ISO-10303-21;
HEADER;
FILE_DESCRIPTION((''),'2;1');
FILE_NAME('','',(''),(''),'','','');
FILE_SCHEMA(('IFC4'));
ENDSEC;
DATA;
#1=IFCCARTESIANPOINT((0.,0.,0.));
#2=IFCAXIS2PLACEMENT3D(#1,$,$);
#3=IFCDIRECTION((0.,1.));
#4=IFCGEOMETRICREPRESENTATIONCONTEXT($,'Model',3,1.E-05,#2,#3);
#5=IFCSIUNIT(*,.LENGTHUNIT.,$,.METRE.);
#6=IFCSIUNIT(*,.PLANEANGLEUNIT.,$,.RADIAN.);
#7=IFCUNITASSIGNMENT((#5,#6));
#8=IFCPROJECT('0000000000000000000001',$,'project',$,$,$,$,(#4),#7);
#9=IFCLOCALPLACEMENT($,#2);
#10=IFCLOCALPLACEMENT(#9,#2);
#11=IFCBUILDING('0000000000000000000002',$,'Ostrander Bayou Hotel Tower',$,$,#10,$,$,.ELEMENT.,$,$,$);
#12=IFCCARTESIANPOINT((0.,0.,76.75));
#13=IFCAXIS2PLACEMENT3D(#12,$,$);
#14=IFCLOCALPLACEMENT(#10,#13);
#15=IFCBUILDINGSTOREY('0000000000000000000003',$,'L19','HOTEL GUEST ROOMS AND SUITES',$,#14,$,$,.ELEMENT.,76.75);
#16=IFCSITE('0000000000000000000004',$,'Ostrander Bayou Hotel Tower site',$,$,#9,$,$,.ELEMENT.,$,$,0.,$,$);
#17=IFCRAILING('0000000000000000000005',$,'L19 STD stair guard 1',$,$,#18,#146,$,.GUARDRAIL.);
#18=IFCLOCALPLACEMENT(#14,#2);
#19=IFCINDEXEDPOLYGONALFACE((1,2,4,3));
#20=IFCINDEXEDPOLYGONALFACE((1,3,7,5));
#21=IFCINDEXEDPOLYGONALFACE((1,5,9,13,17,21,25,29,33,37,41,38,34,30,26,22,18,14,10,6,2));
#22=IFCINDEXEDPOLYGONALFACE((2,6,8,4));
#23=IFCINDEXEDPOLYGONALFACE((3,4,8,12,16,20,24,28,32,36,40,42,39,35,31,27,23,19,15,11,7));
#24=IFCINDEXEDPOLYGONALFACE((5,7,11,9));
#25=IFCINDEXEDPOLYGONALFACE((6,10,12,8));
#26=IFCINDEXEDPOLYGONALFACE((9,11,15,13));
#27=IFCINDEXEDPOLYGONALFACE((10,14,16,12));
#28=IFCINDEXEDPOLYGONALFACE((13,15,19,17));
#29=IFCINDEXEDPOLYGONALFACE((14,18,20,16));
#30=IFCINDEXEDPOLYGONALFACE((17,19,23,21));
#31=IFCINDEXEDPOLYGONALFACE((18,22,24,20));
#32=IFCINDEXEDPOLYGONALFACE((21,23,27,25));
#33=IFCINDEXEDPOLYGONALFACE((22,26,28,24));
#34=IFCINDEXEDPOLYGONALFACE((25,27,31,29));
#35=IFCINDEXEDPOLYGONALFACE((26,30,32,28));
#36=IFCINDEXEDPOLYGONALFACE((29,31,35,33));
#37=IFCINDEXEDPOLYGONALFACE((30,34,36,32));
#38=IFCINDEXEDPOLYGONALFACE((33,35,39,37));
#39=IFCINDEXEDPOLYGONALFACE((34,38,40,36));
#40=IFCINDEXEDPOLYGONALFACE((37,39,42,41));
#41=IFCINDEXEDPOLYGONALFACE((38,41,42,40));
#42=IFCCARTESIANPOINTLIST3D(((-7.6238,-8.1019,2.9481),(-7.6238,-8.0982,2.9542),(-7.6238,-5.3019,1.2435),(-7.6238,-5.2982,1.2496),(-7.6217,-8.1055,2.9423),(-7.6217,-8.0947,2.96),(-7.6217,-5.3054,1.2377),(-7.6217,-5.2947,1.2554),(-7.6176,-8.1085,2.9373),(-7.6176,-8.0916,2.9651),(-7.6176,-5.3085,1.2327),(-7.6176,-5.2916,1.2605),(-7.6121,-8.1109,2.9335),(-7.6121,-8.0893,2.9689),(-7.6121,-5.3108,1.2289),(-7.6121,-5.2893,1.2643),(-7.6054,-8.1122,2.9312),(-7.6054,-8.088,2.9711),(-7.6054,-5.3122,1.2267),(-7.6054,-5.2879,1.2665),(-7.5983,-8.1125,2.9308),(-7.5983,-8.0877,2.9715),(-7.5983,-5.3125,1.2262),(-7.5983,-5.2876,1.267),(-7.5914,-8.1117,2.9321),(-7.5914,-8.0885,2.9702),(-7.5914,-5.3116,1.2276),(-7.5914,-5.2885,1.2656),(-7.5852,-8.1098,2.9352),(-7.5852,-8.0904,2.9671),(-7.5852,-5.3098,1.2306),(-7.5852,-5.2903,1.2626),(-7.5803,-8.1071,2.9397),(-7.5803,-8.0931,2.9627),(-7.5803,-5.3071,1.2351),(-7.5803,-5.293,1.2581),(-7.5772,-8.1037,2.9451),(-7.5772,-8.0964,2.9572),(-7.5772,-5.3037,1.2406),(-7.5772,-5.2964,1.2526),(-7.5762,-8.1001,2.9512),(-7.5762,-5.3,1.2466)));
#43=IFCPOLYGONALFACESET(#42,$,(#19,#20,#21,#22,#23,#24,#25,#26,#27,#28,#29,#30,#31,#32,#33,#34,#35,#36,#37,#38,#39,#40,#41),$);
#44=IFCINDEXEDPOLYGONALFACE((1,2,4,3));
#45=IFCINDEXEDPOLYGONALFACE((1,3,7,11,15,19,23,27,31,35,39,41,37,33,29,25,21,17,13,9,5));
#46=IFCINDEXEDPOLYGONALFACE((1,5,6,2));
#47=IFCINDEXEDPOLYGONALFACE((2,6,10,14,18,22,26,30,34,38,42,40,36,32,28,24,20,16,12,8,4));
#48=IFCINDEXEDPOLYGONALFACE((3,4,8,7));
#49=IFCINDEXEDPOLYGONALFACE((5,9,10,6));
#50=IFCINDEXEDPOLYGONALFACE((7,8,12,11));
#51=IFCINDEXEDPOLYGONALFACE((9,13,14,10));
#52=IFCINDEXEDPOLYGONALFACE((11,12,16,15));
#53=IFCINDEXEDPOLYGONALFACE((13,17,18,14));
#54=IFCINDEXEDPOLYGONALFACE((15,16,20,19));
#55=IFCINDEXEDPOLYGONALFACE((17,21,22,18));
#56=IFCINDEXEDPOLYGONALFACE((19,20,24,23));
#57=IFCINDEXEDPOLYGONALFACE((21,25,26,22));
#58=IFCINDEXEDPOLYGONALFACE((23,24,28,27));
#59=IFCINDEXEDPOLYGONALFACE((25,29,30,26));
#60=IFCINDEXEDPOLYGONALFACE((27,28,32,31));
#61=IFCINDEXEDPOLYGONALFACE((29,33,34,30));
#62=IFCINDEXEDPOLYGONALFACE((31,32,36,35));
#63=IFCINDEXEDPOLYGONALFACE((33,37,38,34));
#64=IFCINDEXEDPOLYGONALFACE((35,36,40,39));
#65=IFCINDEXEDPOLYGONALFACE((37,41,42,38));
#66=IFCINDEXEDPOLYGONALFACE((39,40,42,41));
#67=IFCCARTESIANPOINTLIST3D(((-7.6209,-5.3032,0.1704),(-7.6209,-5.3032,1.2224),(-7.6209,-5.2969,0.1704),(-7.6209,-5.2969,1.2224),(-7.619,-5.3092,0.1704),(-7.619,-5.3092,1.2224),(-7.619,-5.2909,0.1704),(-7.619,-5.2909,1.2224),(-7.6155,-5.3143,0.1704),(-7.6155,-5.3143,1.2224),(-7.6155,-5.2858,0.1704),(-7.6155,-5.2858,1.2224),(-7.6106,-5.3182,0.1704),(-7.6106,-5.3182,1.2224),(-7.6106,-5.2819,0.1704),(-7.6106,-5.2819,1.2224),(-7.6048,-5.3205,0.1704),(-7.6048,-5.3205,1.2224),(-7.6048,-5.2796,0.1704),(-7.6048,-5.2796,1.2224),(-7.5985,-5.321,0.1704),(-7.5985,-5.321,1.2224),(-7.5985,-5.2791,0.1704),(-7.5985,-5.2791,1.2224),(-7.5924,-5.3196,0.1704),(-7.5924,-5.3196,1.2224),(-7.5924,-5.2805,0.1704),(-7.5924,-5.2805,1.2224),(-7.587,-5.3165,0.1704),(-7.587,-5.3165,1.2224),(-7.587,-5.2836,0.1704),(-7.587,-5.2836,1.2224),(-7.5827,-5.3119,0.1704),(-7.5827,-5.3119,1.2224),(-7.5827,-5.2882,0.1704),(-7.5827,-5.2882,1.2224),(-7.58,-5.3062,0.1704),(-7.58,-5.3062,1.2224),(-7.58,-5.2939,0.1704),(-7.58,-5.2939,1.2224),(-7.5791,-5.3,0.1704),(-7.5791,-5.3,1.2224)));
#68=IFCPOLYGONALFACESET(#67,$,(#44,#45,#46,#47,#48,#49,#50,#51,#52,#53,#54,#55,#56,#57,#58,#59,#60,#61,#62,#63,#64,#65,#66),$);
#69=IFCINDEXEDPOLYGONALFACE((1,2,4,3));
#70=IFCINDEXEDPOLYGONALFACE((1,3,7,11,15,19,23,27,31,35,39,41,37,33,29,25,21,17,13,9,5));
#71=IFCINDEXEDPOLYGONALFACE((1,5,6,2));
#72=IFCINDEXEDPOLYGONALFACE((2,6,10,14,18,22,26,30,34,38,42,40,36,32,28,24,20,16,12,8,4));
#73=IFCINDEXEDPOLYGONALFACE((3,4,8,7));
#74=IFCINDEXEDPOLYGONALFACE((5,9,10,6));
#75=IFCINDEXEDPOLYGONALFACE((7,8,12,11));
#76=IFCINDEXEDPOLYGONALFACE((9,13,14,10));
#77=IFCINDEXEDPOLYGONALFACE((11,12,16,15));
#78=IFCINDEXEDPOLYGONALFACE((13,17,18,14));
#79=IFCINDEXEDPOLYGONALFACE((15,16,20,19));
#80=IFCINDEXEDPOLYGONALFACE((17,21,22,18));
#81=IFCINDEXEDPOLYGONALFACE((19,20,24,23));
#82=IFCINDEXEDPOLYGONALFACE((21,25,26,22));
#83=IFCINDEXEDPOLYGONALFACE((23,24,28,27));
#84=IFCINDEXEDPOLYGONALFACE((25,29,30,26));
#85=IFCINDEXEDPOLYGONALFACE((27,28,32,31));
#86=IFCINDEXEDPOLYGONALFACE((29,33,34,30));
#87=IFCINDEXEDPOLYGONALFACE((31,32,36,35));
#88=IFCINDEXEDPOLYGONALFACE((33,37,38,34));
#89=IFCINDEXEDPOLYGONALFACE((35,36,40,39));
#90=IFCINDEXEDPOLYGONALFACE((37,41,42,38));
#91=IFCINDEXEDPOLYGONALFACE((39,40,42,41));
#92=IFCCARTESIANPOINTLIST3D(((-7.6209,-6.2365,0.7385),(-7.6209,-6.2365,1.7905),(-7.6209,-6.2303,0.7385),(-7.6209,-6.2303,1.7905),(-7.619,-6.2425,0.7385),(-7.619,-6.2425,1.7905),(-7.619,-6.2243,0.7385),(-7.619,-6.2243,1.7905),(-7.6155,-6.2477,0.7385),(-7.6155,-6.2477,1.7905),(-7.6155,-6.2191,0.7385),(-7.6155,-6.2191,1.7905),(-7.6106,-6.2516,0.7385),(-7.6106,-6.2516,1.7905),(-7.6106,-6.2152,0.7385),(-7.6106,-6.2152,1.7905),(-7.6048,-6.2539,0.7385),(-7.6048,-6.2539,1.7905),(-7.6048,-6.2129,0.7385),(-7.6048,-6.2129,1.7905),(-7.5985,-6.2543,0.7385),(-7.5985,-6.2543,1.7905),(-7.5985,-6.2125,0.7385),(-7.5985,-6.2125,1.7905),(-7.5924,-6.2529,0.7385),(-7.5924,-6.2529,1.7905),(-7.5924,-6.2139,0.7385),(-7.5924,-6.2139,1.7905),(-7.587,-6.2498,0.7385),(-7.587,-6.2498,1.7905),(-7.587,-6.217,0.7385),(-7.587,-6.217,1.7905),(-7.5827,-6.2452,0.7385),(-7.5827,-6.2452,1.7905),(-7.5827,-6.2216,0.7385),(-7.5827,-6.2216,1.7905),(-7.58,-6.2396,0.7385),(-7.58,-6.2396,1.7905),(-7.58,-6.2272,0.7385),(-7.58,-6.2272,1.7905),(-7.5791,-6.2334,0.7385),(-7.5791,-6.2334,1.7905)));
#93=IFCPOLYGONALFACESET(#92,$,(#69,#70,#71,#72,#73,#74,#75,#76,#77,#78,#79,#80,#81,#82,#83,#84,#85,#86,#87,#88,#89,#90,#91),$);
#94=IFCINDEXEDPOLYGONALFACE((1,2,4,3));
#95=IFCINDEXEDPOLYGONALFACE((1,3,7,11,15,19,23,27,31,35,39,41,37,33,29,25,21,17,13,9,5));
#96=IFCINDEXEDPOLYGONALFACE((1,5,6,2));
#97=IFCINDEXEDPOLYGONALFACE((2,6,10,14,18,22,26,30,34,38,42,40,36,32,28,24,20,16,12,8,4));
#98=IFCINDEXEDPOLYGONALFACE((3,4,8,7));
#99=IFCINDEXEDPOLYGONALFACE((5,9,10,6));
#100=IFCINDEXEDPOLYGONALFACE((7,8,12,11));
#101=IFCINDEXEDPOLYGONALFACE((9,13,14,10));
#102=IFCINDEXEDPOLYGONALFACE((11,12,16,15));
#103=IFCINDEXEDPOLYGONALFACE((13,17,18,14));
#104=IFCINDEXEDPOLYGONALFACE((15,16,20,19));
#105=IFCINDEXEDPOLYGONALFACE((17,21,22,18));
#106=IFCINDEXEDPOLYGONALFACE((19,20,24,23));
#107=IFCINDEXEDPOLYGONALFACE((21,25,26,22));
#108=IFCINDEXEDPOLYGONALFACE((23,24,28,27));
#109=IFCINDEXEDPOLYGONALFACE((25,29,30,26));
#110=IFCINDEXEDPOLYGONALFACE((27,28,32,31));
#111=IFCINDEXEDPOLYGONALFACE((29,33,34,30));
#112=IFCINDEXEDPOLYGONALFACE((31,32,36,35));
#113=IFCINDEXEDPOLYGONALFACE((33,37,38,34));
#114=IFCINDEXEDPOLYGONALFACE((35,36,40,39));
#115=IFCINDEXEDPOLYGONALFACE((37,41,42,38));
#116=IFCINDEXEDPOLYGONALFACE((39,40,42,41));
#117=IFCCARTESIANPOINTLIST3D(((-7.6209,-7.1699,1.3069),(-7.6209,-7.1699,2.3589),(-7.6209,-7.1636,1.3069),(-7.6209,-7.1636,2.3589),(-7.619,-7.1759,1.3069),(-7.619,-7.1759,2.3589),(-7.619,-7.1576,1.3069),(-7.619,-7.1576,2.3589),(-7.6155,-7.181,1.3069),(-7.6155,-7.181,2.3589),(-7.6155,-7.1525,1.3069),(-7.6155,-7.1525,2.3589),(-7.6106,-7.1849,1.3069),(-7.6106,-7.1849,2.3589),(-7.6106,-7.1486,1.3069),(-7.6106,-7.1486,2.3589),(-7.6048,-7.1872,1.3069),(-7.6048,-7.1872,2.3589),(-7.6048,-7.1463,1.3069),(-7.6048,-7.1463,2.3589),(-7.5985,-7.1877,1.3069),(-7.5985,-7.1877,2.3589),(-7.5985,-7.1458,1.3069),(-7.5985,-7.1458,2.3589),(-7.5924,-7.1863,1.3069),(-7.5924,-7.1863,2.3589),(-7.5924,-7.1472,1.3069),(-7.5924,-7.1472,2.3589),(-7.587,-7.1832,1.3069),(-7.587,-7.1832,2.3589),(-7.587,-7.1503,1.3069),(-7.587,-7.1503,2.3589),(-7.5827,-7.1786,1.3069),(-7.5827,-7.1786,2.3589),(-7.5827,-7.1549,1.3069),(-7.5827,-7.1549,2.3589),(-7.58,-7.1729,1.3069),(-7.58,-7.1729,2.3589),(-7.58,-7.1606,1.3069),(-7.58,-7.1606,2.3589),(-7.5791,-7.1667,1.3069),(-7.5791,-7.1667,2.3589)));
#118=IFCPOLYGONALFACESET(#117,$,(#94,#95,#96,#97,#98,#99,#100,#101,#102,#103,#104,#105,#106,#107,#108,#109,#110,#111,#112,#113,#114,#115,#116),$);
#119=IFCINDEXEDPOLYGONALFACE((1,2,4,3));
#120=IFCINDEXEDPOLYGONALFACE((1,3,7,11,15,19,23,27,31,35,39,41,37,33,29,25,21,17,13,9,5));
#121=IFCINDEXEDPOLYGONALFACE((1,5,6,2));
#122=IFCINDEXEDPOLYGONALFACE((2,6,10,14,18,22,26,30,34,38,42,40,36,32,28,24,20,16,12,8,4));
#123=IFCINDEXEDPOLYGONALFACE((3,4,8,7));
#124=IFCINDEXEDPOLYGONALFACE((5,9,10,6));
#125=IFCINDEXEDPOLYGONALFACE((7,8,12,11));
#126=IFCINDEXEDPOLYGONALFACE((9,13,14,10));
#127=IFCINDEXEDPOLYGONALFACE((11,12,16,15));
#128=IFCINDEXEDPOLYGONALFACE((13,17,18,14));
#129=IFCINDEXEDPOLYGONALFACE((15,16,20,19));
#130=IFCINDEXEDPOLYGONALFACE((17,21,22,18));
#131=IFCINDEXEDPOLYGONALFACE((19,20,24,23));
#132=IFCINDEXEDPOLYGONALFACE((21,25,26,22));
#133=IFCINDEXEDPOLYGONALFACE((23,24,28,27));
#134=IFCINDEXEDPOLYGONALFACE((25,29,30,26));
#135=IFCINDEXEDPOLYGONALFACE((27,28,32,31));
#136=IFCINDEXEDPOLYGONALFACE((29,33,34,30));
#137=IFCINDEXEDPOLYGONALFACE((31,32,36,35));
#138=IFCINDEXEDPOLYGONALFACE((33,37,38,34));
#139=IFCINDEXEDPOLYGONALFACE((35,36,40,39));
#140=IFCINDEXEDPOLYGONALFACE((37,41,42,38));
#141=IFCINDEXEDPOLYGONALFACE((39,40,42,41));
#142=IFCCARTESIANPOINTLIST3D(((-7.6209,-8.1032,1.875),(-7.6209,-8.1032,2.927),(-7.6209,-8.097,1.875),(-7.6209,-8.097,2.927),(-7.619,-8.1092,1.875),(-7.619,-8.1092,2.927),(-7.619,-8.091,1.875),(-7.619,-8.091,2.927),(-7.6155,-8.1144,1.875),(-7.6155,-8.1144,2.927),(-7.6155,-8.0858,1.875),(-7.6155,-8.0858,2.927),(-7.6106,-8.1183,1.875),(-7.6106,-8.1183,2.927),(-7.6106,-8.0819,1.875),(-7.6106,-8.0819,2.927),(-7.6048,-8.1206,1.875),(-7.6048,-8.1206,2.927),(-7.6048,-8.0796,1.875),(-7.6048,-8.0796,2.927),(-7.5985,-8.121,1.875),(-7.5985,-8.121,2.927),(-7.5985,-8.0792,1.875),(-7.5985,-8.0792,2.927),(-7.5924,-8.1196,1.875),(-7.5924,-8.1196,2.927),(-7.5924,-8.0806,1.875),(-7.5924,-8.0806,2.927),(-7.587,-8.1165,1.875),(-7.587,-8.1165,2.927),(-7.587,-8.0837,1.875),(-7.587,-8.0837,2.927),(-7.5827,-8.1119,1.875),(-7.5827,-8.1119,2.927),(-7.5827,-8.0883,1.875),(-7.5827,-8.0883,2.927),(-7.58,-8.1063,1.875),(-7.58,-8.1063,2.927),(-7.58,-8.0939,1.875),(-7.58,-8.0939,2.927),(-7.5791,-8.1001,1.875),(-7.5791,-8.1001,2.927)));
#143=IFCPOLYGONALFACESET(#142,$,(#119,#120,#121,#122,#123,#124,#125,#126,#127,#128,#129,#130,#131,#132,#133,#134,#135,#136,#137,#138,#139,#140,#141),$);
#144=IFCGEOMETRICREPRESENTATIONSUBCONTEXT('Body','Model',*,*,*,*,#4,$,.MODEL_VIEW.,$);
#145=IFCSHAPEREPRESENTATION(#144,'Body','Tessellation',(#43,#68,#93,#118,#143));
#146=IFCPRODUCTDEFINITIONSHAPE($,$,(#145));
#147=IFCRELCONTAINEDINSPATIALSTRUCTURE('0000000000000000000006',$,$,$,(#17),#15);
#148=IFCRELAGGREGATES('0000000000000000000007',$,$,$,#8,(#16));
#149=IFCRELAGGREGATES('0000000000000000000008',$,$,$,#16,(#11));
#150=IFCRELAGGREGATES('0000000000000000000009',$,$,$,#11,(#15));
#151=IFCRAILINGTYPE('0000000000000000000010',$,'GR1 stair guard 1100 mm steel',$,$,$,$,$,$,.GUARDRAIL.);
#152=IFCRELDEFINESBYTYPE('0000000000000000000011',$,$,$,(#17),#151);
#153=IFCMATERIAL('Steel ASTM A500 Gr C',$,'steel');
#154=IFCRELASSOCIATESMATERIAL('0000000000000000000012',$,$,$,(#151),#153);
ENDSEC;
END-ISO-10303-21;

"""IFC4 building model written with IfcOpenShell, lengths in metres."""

from ifc_helpers import new_model, si_unit, direction, frame, origin, origin_2d, place, context, subcontext, project, spatial, circle, extrude, material, type_object, element, save


model = new_model("IFC4")

# Units and contexts
model_context = context("Model", 3, precision=1e-05, world=origin(), true_north=direction((0.0, 1.0)))
body_context = subcontext(model_context, "Body", "Model", "MODEL_VIEW")
ifc_project = project(units=[si_unit("LENGTHUNIT", "METRE"), si_unit("PLANEANGLEUNIT", "RADIAN")], contexts=[model_context])

# Site, building, storey
site_placement = place(None, origin())
site = spatial("IfcSite", under=ifc_project, at=site_placement, Name="Ostrander Bayou Hotel Tower site", CompositionType="ELEMENT", RefElevation=0.0)
building_placement = place(site_placement, origin())
building = spatial("IfcBuilding", under=site, at=building_placement, Name="Ostrander Bayou Hotel Tower", CompositionType="ELEMENT")
storey_placement = place(building_placement, frame((0.0, 0.0, 76.75)))
storey = spatial("IfcBuildingStorey", under=building, at=storey_placement, Name="L19", Description="HOTEL GUEST ROOMS AND SUITES", CompositionType="ELEMENT", Elevation=76.75)

# Railing
ifc_material_1 = material(Name="Steel ASTM A500 Gr C", Category="steel")
railing_type_1 = type_object("IfcRailingType", Name="GR1 stair guard 1100 mm steel", PredefinedType="GUARDRAIL", material=ifc_material_1)
railing_1_placement = place(storey_placement, frame((-7.6001, -5.3, 0.1704)))
element("IfcRailing", 1, at=railing_1_placement, inside=storey, type_object=railing_type_1, Name="L19 STD stair guard 1", PredefinedType="GUARDRAIL", context=body_context, shape_type="SweptSolid", body=[
    extrude(circle(Radius=0.0239, at=origin_2d()), frame((0.0, 0.0, 1.0762), z_axis=(0.0, -0.85417, 0.519994), x_axis=(1.0, 0.0, 0.0)), (0.0, 0.0, 1.0), 3.2781),
    extrude(circle(Radius=0.021, at=origin_2d()), origin(), (0.0, 0.0, 1.0), 1.052),
    extrude(circle(Radius=0.021, at=origin_2d()), frame((0.0, -0.9333, 0.5681)), (0.0, 0.0, 1.0), 1.052),
    extrude(circle(Radius=0.021, at=origin_2d()), frame((0.0, -1.8667, 1.1365)), (0.0, 0.0, 1.0), 1.052),
    extrude(circle(Radius=0.021, at=origin_2d()), frame((0.0, -2.8, 1.7046)), (0.0, 0.0, 1.0), 1.052),
])

save(model, "model.ifc")
